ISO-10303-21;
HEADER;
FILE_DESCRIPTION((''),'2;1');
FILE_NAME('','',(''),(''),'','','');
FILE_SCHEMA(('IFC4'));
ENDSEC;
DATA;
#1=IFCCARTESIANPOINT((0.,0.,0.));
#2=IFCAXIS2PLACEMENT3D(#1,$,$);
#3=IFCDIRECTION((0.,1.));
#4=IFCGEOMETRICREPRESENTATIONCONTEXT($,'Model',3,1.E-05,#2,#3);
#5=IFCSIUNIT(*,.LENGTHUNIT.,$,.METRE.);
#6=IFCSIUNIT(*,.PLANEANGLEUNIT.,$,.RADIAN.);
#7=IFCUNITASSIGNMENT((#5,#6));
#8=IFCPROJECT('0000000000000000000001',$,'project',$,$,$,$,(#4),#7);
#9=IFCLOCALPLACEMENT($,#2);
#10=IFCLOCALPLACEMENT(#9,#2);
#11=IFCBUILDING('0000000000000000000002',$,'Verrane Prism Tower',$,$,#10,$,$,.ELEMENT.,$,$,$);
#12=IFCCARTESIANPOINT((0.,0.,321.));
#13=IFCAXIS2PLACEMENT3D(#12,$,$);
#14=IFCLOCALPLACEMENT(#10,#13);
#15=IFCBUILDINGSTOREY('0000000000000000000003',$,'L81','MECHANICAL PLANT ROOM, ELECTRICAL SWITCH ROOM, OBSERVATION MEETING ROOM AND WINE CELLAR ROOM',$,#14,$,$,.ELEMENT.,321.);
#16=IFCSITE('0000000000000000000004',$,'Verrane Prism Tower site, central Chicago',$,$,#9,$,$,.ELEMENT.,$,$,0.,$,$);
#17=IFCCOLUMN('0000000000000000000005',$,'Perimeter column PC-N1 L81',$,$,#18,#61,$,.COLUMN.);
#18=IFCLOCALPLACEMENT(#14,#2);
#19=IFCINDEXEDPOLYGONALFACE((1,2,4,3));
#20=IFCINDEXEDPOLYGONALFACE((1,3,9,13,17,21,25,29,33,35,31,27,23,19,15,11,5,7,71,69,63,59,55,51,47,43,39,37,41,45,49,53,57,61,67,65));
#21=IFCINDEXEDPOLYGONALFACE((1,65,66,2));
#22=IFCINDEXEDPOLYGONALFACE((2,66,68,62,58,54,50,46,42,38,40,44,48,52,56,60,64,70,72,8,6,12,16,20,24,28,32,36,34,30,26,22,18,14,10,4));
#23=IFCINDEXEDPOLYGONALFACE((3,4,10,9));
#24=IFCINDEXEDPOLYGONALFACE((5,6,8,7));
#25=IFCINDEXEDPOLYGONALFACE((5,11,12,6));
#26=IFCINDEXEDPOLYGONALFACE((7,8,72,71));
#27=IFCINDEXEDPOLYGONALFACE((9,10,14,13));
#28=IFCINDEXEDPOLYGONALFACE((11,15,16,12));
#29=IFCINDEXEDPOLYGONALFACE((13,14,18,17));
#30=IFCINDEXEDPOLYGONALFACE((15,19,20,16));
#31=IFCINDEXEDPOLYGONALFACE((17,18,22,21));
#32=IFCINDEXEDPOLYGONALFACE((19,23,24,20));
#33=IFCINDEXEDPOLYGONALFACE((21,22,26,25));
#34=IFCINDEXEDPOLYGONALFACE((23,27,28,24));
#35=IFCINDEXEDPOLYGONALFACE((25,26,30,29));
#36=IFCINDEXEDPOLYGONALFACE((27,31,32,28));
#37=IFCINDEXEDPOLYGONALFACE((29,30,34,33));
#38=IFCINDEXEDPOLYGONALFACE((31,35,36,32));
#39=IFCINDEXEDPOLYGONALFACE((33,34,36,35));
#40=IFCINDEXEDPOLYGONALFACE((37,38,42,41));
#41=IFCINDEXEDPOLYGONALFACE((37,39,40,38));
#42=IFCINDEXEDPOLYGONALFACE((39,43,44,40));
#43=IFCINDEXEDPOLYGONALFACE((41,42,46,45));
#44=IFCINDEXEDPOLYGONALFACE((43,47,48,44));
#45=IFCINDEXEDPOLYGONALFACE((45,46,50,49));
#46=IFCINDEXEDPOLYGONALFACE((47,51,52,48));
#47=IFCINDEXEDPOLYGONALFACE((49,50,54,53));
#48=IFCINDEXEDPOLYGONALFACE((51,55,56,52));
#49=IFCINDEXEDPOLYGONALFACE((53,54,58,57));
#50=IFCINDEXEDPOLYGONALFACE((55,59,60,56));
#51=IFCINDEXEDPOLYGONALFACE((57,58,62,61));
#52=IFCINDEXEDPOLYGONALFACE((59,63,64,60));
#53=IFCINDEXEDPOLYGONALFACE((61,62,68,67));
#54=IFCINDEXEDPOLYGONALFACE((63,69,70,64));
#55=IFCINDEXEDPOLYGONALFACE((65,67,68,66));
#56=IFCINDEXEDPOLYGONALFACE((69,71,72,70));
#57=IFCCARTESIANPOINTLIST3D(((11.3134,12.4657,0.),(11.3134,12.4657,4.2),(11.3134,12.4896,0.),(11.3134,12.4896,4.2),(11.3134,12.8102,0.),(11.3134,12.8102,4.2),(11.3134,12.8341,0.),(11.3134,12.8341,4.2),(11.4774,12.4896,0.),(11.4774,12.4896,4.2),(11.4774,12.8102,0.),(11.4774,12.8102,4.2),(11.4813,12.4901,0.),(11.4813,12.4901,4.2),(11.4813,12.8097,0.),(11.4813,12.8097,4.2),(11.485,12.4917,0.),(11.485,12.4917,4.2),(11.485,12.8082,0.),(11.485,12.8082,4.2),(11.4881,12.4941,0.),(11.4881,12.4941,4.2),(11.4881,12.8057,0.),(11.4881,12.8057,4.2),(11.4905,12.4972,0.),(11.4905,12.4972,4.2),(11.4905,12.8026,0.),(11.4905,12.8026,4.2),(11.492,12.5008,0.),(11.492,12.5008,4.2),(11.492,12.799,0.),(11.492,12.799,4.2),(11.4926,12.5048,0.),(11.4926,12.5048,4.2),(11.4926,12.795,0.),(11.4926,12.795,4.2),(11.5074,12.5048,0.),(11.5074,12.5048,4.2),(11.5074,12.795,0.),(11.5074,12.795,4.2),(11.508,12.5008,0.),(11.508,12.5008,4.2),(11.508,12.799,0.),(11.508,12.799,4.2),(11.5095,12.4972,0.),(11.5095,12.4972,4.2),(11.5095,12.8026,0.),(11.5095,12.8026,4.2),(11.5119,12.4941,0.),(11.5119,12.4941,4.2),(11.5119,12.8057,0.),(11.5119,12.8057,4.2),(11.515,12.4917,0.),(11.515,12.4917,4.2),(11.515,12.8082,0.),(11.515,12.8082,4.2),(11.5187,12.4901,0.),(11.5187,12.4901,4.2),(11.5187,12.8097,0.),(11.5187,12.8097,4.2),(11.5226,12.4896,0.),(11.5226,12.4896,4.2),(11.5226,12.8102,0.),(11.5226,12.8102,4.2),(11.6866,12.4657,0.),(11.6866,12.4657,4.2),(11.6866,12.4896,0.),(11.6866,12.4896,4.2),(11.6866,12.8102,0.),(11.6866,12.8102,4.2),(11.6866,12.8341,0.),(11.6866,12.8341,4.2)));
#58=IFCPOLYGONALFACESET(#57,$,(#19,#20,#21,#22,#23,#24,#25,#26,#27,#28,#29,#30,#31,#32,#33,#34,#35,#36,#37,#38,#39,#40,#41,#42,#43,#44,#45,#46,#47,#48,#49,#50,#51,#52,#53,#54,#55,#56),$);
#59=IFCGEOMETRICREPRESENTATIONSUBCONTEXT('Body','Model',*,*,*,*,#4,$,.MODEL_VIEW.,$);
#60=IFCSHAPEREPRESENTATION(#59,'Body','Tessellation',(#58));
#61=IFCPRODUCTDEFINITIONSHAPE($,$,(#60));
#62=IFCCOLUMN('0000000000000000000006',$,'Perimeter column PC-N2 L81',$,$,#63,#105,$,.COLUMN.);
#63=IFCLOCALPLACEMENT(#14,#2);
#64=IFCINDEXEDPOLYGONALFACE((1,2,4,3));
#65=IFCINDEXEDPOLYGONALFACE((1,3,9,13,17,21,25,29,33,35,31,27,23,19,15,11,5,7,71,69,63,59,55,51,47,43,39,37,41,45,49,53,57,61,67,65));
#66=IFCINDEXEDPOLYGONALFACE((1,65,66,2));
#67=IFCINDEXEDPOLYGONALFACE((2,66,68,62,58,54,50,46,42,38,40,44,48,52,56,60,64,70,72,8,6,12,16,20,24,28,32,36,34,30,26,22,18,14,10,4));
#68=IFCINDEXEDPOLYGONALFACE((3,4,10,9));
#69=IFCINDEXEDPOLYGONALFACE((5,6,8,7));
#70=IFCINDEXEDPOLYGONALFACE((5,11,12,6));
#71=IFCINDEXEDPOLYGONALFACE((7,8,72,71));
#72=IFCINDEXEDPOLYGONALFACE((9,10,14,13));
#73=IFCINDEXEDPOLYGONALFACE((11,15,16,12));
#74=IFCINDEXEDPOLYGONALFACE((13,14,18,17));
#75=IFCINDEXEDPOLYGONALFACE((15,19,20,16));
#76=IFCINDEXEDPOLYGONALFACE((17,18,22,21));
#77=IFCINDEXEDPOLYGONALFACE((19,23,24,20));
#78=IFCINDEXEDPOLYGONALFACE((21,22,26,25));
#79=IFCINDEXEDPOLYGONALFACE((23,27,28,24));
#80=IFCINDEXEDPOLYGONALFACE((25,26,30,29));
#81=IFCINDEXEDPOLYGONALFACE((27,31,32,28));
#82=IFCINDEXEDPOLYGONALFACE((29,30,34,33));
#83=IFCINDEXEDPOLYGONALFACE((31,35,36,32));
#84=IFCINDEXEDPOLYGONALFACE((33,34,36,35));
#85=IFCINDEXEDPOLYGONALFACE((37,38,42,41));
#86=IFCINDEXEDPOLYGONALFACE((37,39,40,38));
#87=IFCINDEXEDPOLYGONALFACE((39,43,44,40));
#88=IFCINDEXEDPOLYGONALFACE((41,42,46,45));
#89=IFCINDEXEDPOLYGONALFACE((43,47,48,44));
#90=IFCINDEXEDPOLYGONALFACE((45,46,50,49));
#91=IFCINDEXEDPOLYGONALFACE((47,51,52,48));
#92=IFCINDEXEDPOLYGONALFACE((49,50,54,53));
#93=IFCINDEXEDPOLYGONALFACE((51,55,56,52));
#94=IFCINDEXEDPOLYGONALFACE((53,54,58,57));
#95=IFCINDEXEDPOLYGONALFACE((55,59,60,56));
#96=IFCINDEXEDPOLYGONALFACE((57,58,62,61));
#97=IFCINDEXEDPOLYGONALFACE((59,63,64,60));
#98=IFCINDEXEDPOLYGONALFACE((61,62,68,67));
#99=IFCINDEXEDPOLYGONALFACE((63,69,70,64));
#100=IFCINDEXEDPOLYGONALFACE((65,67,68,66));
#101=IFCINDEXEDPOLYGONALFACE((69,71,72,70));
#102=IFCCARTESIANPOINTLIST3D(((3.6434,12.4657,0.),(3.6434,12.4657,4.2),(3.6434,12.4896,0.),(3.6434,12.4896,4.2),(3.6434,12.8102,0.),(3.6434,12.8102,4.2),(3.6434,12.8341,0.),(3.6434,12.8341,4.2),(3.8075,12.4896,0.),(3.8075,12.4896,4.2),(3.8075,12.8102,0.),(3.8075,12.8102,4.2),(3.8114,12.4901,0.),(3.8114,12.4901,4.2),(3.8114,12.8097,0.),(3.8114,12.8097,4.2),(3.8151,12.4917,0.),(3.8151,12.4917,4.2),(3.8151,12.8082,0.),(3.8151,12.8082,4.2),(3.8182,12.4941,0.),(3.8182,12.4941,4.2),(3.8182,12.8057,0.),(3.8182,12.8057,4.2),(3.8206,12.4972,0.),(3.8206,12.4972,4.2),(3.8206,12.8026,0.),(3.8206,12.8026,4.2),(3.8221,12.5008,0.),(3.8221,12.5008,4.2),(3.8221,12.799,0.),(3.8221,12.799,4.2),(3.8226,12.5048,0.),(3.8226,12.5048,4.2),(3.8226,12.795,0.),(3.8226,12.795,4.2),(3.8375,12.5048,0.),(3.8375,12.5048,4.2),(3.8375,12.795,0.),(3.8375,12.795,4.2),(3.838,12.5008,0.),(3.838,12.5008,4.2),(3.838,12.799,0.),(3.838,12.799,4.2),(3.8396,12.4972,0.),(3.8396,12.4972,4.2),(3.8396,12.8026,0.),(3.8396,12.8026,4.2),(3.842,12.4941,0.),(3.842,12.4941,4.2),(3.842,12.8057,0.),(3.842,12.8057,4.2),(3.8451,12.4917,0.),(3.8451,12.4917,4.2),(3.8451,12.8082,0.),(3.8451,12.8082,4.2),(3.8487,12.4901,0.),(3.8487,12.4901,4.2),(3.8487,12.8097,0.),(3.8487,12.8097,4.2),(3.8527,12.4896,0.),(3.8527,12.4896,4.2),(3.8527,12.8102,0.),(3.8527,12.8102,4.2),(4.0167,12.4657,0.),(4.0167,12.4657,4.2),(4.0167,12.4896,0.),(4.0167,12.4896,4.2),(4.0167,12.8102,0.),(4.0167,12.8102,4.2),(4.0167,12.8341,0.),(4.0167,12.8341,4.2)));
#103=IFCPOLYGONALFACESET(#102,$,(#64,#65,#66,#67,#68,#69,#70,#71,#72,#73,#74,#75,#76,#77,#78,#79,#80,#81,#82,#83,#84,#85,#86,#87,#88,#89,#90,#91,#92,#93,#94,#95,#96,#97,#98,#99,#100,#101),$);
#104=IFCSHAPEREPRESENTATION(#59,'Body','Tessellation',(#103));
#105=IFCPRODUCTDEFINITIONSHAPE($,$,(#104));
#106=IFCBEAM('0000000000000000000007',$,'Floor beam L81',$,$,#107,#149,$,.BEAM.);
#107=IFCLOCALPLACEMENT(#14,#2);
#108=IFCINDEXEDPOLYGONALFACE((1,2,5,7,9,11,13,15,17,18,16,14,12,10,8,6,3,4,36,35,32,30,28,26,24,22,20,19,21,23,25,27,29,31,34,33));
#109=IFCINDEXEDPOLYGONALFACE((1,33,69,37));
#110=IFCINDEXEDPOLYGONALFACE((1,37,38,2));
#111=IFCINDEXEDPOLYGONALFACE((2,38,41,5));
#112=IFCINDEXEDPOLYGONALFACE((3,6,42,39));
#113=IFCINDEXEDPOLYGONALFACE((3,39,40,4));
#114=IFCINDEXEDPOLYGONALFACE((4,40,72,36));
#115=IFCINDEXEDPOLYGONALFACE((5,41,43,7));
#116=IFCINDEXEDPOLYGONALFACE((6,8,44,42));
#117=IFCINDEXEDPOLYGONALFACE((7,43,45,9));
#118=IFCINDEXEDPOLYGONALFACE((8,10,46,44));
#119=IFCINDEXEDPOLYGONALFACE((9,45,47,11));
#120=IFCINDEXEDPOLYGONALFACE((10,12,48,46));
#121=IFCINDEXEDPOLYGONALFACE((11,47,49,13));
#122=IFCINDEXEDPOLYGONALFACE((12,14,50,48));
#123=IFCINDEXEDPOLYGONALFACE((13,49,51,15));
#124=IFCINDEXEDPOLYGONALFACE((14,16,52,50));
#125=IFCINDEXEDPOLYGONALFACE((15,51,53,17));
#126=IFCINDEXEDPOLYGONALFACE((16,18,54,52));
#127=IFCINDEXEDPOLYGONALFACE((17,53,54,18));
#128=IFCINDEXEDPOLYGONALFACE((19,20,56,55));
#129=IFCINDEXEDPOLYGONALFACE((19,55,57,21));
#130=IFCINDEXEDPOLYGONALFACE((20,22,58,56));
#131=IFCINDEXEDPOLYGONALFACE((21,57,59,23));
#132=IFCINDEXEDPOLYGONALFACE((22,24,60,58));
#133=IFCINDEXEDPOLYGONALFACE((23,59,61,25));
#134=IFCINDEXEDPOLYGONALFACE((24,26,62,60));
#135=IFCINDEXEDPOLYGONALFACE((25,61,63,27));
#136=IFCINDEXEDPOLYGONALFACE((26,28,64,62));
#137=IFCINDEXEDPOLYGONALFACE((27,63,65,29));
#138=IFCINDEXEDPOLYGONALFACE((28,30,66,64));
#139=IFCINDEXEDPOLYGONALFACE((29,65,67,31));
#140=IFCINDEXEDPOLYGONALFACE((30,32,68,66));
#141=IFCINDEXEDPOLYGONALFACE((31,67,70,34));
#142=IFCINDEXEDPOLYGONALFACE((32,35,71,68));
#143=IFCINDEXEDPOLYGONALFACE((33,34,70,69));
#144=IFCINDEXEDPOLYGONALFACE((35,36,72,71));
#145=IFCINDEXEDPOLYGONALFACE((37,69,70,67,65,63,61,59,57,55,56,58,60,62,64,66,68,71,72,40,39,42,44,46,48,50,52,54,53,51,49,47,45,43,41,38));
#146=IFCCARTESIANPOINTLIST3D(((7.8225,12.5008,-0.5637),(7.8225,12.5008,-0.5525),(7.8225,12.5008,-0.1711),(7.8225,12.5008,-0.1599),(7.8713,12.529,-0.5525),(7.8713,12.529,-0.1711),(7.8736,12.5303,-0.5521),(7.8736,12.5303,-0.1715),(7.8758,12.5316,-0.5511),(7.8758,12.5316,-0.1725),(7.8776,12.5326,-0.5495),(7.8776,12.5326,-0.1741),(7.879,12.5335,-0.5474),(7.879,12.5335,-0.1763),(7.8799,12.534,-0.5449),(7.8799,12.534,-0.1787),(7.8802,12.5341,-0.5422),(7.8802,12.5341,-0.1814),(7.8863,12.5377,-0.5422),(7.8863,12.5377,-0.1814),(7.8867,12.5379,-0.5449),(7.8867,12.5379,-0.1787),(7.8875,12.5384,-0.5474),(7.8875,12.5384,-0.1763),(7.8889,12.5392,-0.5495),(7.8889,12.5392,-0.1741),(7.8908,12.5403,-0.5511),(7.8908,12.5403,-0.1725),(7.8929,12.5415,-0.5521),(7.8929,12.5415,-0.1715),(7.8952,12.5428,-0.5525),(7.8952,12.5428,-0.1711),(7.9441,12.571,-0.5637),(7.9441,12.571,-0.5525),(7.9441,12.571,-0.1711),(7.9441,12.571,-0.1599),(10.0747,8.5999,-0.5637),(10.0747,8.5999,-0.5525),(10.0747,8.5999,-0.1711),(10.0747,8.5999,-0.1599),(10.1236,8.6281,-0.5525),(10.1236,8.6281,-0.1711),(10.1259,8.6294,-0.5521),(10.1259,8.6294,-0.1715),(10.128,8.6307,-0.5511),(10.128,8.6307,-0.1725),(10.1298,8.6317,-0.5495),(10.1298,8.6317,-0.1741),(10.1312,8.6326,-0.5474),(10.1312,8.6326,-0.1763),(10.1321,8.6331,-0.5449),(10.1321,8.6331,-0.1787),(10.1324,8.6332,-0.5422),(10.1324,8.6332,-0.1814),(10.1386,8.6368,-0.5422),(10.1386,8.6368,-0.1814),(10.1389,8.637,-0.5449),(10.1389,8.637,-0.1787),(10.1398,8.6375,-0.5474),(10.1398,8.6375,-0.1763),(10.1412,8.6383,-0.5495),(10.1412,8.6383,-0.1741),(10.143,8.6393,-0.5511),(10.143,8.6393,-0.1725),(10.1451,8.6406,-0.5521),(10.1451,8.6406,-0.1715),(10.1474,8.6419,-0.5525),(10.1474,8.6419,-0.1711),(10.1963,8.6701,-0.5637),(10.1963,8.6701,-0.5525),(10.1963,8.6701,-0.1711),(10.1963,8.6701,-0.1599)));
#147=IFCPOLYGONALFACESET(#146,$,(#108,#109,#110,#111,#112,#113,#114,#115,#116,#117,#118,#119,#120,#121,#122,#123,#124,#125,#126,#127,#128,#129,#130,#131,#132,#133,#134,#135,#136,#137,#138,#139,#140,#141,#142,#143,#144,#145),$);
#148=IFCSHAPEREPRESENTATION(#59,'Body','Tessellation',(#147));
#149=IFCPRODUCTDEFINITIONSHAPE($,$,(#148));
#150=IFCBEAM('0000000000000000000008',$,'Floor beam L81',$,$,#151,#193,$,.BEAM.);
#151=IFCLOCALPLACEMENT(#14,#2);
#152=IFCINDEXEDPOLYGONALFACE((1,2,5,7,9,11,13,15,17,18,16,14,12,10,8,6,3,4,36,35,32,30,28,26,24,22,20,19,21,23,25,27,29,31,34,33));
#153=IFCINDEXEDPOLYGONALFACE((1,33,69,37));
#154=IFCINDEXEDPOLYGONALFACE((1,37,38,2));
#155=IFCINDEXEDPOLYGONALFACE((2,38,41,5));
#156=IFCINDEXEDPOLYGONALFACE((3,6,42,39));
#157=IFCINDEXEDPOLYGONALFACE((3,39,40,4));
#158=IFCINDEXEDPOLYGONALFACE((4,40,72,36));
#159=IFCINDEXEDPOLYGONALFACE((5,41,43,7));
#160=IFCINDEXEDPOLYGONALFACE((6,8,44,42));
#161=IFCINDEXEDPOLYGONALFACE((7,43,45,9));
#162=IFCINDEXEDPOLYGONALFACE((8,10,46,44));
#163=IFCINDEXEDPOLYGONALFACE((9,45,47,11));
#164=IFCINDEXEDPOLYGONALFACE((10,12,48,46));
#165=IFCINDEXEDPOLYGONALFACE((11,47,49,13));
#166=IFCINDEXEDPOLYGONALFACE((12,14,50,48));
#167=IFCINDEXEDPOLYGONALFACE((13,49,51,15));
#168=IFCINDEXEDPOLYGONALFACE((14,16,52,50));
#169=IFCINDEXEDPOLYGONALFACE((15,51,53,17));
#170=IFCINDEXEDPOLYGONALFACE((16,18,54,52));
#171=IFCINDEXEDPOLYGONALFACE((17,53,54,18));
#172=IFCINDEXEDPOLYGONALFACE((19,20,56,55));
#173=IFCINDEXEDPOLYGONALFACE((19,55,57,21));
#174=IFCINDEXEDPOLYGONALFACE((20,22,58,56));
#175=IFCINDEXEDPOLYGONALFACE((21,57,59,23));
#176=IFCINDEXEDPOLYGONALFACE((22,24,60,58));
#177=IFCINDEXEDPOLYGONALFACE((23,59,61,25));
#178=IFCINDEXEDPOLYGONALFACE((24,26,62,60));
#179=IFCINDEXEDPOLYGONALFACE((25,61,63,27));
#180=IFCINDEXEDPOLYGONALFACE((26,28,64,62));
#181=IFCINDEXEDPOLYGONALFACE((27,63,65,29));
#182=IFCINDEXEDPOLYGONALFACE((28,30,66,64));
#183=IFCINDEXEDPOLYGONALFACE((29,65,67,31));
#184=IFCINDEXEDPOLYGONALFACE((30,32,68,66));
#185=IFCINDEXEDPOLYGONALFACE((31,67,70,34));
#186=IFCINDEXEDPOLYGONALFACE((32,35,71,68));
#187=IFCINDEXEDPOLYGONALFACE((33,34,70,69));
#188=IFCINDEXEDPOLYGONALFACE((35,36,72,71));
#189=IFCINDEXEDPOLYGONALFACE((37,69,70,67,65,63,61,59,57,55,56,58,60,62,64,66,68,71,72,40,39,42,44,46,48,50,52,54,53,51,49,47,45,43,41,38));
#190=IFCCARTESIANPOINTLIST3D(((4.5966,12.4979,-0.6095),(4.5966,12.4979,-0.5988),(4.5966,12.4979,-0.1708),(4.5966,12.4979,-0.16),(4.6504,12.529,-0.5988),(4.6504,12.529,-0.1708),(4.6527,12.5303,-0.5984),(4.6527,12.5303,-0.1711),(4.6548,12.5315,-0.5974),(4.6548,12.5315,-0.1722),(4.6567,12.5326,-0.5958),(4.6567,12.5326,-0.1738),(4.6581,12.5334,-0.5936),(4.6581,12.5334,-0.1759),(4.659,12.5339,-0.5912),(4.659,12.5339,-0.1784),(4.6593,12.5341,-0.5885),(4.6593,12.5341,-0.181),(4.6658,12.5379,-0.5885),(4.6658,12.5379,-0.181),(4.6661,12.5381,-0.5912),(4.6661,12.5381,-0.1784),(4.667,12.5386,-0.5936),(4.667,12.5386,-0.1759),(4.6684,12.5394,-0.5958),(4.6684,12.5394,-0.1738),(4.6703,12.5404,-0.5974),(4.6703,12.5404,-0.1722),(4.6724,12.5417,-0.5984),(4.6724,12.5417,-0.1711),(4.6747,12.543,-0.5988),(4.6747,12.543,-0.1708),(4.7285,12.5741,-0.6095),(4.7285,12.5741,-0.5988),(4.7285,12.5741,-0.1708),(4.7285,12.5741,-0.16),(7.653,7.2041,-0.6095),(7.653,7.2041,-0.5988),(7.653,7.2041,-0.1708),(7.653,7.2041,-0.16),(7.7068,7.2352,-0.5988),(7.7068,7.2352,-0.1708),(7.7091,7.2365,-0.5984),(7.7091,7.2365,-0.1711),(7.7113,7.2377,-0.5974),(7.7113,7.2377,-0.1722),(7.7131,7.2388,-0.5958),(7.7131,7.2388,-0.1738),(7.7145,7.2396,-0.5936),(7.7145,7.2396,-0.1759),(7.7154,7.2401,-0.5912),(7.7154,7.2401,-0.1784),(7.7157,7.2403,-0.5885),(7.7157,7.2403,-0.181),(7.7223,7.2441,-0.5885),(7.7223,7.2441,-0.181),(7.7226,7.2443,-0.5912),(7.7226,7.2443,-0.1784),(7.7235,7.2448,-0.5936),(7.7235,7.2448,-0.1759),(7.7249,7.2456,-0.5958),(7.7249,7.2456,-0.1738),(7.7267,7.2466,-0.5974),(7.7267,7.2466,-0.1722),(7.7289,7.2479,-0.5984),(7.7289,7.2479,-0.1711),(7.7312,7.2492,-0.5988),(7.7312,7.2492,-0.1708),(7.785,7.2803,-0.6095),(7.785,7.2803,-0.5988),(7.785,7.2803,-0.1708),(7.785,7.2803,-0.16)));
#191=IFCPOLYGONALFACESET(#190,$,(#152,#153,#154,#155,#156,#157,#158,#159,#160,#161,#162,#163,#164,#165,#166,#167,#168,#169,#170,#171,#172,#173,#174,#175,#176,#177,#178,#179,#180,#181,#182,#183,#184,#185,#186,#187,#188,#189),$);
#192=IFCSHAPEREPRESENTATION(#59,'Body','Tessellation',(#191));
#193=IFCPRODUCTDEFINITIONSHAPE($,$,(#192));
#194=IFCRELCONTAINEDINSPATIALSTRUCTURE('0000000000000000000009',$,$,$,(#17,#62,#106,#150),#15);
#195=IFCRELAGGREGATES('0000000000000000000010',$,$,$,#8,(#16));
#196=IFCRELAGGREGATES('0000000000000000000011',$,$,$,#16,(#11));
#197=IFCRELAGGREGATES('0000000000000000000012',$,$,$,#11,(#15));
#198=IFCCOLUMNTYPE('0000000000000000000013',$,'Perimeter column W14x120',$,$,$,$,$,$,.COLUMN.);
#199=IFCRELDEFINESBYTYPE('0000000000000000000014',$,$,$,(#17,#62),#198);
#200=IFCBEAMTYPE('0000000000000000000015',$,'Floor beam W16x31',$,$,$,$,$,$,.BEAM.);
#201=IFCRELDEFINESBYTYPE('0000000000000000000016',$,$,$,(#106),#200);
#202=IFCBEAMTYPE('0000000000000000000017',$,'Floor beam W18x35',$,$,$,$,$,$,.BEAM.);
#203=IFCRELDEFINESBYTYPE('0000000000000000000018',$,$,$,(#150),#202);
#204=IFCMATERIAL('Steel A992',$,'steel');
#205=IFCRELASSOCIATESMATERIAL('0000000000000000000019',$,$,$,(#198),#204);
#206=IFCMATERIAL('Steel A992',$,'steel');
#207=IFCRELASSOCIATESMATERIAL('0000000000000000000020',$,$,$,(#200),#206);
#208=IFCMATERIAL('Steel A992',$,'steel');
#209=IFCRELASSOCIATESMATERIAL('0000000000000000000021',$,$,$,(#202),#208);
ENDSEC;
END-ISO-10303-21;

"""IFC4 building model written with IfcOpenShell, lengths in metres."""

from ifc_helpers import new_model, si_unit, direction, frame, origin, origin_2d, place, context, subcontext, project, spatial, i_section, extrude, material, material_profile, profile_set, type_object, element, save


model = new_model("IFC4")

# Units and contexts
model_context = context("Model", 3, precision=1e-05, world=origin(), true_north=direction((0.0, 1.0)))
body_context = subcontext(model_context, "Body", "Model", "MODEL_VIEW")
ifc_project = project(units=[si_unit("LENGTHUNIT", "METRE"), si_unit("PLANEANGLEUNIT", "RADIAN")], contexts=[model_context])

# Site, building, storey
site_placement = place(None, origin())
site = spatial("IfcSite", under=ifc_project, at=site_placement, Name="Verrane Prism Tower site, central Chicago", CompositionType="ELEMENT", RefElevation=0.0)
building_placement = place(site_placement, origin())
building = spatial("IfcBuilding", under=site, at=building_placement, Name="Verrane Prism Tower", CompositionType="ELEMENT")
storey_placement = place(building_placement, frame((0.0, 0.0, 321.0)))
storey = spatial("IfcBuildingStorey", under=building, at=storey_placement, Name="L81", Description="MECHANICAL PLANT ROOM, ELECTRICAL SWITCH ROOM, OBSERVATION MEETING ROOM AND WINE CELLAR ROOM", CompositionType="ELEMENT", Elevation=321.0)

# Columns
ifc_material_1 = material(Name="Steel A992", Category="steel")
ifc_material_profile_1 = material_profile(ifc_material_1, i_section(OverallWidth=0.3733, OverallDepth=0.3684, WebThickness=0.0149, FlangeThickness=0.0239, FilletRadius=0.0151, at=origin_2d()), Name="W14x120")
ifc_profile_set_1 = profile_set([ifc_material_profile_1], Name="Steel A992")
column_type = type_object("IfcColumnType", Name="Perimeter column W14x120", PredefinedType="COLUMN", material=ifc_profile_set_1)
for number, where, z_axis, x_axis, name in (
    (1, (11.5, 12.6499, 0.0), (0.0, 0.0, 1.0), (1.0, 0.0, 0.0), "Perimeter column PC-N1 L81"),
    (2, (3.8301, 12.6499, 0.0), (0.0, 0.0, 1.0), (1.0, 0.0, 0.0), "Perimeter column PC-N2 L81"),
):
    element("IfcColumn", number, at=place(storey_placement, frame(where, z_axis=z_axis, x_axis=x_axis)), inside=storey, type_object=column_type, Name=name, PredefinedType="COLUMN", context=body_context, shape_type="SweptSolid", body=[
        extrude(i_section(OverallWidth=0.3733, OverallDepth=0.3684, WebThickness=0.0149, FlangeThickness=0.0239, FilletRadius=0.0151, at=origin_2d()), origin(), (0.0, 0.0, 1.0), 4.2),
    ])

# Beams
ifc_material_2 = material(Name="Steel A992", Category="steel")
ifc_material_profile_2 = material_profile(ifc_material_2, i_section(OverallWidth=0.1404, OverallDepth=0.4038, WebThickness=0.0071, FlangeThickness=0.0112, FilletRadius=0.0103, at=origin_2d()), Name="W16x31")
ifc_profile_set_2 = profile_set([ifc_material_profile_2], Name="Steel A992")
beam_type_1 = type_object("IfcBeamType", Name="Floor beam W16x31", PredefinedType="BEAM", material=ifc_profile_set_2)
beam_1_placement = place(storey_placement, frame((10.1355, 8.635, -0.3618), z_axis=(-0.500004, 0.866023, 0.0), x_axis=(-0.866023, -0.500004, 0.0)))
element("IfcBeam", 3, at=beam_1_placement, inside=storey, type_object=beam_type_1, Name="Floor beam L81", PredefinedType="BEAM", context=body_context, shape_type="SweptSolid", body=[
    extrude(i_section(OverallWidth=0.1404, OverallDepth=0.4038, WebThickness=0.0071, FlangeThickness=0.0112, FilletRadius=0.0103, at=origin_2d()), origin(), (0.0, 0.0, 1.0), 4.5044),
])
ifc_material_3 = material(Name="Steel A992", Category="steel")
ifc_material_profile_3 = material_profile(ifc_material_3, i_section(OverallWidth=0.1523, OverallDepth=0.4495, WebThickness=0.0076, FlangeThickness=0.0107, FilletRadius=0.0103, at=origin_2d()), Name="W18x35")
ifc_profile_set_3 = profile_set([ifc_material_profile_3], Name="Steel A992")
beam_type_2 = type_object("IfcBeamType", Name="Floor beam W18x35", PredefinedType="BEAM", material=ifc_profile_set_3)
beam_2_placement = place(storey_placement, frame((7.719, 7.2422, -0.3848), z_axis=(-0.500009, 0.86602, 0.0), x_axis=(-0.86602, -0.500009, 0.0)))
element("IfcBeam", 4, at=beam_2_placement, inside=storey, type_object=beam_type_2, Name="Floor beam L81", PredefinedType="BEAM", context=body_context, shape_type="SweptSolid", body=[
    extrude(i_section(OverallWidth=0.1523, OverallDepth=0.4495, WebThickness=0.0076, FlangeThickness=0.0107, FilletRadius=0.0103, at=origin_2d()), origin(), (0.0, 0.0, 1.0), 6.1128),
])

save(model, "model.ifc")
